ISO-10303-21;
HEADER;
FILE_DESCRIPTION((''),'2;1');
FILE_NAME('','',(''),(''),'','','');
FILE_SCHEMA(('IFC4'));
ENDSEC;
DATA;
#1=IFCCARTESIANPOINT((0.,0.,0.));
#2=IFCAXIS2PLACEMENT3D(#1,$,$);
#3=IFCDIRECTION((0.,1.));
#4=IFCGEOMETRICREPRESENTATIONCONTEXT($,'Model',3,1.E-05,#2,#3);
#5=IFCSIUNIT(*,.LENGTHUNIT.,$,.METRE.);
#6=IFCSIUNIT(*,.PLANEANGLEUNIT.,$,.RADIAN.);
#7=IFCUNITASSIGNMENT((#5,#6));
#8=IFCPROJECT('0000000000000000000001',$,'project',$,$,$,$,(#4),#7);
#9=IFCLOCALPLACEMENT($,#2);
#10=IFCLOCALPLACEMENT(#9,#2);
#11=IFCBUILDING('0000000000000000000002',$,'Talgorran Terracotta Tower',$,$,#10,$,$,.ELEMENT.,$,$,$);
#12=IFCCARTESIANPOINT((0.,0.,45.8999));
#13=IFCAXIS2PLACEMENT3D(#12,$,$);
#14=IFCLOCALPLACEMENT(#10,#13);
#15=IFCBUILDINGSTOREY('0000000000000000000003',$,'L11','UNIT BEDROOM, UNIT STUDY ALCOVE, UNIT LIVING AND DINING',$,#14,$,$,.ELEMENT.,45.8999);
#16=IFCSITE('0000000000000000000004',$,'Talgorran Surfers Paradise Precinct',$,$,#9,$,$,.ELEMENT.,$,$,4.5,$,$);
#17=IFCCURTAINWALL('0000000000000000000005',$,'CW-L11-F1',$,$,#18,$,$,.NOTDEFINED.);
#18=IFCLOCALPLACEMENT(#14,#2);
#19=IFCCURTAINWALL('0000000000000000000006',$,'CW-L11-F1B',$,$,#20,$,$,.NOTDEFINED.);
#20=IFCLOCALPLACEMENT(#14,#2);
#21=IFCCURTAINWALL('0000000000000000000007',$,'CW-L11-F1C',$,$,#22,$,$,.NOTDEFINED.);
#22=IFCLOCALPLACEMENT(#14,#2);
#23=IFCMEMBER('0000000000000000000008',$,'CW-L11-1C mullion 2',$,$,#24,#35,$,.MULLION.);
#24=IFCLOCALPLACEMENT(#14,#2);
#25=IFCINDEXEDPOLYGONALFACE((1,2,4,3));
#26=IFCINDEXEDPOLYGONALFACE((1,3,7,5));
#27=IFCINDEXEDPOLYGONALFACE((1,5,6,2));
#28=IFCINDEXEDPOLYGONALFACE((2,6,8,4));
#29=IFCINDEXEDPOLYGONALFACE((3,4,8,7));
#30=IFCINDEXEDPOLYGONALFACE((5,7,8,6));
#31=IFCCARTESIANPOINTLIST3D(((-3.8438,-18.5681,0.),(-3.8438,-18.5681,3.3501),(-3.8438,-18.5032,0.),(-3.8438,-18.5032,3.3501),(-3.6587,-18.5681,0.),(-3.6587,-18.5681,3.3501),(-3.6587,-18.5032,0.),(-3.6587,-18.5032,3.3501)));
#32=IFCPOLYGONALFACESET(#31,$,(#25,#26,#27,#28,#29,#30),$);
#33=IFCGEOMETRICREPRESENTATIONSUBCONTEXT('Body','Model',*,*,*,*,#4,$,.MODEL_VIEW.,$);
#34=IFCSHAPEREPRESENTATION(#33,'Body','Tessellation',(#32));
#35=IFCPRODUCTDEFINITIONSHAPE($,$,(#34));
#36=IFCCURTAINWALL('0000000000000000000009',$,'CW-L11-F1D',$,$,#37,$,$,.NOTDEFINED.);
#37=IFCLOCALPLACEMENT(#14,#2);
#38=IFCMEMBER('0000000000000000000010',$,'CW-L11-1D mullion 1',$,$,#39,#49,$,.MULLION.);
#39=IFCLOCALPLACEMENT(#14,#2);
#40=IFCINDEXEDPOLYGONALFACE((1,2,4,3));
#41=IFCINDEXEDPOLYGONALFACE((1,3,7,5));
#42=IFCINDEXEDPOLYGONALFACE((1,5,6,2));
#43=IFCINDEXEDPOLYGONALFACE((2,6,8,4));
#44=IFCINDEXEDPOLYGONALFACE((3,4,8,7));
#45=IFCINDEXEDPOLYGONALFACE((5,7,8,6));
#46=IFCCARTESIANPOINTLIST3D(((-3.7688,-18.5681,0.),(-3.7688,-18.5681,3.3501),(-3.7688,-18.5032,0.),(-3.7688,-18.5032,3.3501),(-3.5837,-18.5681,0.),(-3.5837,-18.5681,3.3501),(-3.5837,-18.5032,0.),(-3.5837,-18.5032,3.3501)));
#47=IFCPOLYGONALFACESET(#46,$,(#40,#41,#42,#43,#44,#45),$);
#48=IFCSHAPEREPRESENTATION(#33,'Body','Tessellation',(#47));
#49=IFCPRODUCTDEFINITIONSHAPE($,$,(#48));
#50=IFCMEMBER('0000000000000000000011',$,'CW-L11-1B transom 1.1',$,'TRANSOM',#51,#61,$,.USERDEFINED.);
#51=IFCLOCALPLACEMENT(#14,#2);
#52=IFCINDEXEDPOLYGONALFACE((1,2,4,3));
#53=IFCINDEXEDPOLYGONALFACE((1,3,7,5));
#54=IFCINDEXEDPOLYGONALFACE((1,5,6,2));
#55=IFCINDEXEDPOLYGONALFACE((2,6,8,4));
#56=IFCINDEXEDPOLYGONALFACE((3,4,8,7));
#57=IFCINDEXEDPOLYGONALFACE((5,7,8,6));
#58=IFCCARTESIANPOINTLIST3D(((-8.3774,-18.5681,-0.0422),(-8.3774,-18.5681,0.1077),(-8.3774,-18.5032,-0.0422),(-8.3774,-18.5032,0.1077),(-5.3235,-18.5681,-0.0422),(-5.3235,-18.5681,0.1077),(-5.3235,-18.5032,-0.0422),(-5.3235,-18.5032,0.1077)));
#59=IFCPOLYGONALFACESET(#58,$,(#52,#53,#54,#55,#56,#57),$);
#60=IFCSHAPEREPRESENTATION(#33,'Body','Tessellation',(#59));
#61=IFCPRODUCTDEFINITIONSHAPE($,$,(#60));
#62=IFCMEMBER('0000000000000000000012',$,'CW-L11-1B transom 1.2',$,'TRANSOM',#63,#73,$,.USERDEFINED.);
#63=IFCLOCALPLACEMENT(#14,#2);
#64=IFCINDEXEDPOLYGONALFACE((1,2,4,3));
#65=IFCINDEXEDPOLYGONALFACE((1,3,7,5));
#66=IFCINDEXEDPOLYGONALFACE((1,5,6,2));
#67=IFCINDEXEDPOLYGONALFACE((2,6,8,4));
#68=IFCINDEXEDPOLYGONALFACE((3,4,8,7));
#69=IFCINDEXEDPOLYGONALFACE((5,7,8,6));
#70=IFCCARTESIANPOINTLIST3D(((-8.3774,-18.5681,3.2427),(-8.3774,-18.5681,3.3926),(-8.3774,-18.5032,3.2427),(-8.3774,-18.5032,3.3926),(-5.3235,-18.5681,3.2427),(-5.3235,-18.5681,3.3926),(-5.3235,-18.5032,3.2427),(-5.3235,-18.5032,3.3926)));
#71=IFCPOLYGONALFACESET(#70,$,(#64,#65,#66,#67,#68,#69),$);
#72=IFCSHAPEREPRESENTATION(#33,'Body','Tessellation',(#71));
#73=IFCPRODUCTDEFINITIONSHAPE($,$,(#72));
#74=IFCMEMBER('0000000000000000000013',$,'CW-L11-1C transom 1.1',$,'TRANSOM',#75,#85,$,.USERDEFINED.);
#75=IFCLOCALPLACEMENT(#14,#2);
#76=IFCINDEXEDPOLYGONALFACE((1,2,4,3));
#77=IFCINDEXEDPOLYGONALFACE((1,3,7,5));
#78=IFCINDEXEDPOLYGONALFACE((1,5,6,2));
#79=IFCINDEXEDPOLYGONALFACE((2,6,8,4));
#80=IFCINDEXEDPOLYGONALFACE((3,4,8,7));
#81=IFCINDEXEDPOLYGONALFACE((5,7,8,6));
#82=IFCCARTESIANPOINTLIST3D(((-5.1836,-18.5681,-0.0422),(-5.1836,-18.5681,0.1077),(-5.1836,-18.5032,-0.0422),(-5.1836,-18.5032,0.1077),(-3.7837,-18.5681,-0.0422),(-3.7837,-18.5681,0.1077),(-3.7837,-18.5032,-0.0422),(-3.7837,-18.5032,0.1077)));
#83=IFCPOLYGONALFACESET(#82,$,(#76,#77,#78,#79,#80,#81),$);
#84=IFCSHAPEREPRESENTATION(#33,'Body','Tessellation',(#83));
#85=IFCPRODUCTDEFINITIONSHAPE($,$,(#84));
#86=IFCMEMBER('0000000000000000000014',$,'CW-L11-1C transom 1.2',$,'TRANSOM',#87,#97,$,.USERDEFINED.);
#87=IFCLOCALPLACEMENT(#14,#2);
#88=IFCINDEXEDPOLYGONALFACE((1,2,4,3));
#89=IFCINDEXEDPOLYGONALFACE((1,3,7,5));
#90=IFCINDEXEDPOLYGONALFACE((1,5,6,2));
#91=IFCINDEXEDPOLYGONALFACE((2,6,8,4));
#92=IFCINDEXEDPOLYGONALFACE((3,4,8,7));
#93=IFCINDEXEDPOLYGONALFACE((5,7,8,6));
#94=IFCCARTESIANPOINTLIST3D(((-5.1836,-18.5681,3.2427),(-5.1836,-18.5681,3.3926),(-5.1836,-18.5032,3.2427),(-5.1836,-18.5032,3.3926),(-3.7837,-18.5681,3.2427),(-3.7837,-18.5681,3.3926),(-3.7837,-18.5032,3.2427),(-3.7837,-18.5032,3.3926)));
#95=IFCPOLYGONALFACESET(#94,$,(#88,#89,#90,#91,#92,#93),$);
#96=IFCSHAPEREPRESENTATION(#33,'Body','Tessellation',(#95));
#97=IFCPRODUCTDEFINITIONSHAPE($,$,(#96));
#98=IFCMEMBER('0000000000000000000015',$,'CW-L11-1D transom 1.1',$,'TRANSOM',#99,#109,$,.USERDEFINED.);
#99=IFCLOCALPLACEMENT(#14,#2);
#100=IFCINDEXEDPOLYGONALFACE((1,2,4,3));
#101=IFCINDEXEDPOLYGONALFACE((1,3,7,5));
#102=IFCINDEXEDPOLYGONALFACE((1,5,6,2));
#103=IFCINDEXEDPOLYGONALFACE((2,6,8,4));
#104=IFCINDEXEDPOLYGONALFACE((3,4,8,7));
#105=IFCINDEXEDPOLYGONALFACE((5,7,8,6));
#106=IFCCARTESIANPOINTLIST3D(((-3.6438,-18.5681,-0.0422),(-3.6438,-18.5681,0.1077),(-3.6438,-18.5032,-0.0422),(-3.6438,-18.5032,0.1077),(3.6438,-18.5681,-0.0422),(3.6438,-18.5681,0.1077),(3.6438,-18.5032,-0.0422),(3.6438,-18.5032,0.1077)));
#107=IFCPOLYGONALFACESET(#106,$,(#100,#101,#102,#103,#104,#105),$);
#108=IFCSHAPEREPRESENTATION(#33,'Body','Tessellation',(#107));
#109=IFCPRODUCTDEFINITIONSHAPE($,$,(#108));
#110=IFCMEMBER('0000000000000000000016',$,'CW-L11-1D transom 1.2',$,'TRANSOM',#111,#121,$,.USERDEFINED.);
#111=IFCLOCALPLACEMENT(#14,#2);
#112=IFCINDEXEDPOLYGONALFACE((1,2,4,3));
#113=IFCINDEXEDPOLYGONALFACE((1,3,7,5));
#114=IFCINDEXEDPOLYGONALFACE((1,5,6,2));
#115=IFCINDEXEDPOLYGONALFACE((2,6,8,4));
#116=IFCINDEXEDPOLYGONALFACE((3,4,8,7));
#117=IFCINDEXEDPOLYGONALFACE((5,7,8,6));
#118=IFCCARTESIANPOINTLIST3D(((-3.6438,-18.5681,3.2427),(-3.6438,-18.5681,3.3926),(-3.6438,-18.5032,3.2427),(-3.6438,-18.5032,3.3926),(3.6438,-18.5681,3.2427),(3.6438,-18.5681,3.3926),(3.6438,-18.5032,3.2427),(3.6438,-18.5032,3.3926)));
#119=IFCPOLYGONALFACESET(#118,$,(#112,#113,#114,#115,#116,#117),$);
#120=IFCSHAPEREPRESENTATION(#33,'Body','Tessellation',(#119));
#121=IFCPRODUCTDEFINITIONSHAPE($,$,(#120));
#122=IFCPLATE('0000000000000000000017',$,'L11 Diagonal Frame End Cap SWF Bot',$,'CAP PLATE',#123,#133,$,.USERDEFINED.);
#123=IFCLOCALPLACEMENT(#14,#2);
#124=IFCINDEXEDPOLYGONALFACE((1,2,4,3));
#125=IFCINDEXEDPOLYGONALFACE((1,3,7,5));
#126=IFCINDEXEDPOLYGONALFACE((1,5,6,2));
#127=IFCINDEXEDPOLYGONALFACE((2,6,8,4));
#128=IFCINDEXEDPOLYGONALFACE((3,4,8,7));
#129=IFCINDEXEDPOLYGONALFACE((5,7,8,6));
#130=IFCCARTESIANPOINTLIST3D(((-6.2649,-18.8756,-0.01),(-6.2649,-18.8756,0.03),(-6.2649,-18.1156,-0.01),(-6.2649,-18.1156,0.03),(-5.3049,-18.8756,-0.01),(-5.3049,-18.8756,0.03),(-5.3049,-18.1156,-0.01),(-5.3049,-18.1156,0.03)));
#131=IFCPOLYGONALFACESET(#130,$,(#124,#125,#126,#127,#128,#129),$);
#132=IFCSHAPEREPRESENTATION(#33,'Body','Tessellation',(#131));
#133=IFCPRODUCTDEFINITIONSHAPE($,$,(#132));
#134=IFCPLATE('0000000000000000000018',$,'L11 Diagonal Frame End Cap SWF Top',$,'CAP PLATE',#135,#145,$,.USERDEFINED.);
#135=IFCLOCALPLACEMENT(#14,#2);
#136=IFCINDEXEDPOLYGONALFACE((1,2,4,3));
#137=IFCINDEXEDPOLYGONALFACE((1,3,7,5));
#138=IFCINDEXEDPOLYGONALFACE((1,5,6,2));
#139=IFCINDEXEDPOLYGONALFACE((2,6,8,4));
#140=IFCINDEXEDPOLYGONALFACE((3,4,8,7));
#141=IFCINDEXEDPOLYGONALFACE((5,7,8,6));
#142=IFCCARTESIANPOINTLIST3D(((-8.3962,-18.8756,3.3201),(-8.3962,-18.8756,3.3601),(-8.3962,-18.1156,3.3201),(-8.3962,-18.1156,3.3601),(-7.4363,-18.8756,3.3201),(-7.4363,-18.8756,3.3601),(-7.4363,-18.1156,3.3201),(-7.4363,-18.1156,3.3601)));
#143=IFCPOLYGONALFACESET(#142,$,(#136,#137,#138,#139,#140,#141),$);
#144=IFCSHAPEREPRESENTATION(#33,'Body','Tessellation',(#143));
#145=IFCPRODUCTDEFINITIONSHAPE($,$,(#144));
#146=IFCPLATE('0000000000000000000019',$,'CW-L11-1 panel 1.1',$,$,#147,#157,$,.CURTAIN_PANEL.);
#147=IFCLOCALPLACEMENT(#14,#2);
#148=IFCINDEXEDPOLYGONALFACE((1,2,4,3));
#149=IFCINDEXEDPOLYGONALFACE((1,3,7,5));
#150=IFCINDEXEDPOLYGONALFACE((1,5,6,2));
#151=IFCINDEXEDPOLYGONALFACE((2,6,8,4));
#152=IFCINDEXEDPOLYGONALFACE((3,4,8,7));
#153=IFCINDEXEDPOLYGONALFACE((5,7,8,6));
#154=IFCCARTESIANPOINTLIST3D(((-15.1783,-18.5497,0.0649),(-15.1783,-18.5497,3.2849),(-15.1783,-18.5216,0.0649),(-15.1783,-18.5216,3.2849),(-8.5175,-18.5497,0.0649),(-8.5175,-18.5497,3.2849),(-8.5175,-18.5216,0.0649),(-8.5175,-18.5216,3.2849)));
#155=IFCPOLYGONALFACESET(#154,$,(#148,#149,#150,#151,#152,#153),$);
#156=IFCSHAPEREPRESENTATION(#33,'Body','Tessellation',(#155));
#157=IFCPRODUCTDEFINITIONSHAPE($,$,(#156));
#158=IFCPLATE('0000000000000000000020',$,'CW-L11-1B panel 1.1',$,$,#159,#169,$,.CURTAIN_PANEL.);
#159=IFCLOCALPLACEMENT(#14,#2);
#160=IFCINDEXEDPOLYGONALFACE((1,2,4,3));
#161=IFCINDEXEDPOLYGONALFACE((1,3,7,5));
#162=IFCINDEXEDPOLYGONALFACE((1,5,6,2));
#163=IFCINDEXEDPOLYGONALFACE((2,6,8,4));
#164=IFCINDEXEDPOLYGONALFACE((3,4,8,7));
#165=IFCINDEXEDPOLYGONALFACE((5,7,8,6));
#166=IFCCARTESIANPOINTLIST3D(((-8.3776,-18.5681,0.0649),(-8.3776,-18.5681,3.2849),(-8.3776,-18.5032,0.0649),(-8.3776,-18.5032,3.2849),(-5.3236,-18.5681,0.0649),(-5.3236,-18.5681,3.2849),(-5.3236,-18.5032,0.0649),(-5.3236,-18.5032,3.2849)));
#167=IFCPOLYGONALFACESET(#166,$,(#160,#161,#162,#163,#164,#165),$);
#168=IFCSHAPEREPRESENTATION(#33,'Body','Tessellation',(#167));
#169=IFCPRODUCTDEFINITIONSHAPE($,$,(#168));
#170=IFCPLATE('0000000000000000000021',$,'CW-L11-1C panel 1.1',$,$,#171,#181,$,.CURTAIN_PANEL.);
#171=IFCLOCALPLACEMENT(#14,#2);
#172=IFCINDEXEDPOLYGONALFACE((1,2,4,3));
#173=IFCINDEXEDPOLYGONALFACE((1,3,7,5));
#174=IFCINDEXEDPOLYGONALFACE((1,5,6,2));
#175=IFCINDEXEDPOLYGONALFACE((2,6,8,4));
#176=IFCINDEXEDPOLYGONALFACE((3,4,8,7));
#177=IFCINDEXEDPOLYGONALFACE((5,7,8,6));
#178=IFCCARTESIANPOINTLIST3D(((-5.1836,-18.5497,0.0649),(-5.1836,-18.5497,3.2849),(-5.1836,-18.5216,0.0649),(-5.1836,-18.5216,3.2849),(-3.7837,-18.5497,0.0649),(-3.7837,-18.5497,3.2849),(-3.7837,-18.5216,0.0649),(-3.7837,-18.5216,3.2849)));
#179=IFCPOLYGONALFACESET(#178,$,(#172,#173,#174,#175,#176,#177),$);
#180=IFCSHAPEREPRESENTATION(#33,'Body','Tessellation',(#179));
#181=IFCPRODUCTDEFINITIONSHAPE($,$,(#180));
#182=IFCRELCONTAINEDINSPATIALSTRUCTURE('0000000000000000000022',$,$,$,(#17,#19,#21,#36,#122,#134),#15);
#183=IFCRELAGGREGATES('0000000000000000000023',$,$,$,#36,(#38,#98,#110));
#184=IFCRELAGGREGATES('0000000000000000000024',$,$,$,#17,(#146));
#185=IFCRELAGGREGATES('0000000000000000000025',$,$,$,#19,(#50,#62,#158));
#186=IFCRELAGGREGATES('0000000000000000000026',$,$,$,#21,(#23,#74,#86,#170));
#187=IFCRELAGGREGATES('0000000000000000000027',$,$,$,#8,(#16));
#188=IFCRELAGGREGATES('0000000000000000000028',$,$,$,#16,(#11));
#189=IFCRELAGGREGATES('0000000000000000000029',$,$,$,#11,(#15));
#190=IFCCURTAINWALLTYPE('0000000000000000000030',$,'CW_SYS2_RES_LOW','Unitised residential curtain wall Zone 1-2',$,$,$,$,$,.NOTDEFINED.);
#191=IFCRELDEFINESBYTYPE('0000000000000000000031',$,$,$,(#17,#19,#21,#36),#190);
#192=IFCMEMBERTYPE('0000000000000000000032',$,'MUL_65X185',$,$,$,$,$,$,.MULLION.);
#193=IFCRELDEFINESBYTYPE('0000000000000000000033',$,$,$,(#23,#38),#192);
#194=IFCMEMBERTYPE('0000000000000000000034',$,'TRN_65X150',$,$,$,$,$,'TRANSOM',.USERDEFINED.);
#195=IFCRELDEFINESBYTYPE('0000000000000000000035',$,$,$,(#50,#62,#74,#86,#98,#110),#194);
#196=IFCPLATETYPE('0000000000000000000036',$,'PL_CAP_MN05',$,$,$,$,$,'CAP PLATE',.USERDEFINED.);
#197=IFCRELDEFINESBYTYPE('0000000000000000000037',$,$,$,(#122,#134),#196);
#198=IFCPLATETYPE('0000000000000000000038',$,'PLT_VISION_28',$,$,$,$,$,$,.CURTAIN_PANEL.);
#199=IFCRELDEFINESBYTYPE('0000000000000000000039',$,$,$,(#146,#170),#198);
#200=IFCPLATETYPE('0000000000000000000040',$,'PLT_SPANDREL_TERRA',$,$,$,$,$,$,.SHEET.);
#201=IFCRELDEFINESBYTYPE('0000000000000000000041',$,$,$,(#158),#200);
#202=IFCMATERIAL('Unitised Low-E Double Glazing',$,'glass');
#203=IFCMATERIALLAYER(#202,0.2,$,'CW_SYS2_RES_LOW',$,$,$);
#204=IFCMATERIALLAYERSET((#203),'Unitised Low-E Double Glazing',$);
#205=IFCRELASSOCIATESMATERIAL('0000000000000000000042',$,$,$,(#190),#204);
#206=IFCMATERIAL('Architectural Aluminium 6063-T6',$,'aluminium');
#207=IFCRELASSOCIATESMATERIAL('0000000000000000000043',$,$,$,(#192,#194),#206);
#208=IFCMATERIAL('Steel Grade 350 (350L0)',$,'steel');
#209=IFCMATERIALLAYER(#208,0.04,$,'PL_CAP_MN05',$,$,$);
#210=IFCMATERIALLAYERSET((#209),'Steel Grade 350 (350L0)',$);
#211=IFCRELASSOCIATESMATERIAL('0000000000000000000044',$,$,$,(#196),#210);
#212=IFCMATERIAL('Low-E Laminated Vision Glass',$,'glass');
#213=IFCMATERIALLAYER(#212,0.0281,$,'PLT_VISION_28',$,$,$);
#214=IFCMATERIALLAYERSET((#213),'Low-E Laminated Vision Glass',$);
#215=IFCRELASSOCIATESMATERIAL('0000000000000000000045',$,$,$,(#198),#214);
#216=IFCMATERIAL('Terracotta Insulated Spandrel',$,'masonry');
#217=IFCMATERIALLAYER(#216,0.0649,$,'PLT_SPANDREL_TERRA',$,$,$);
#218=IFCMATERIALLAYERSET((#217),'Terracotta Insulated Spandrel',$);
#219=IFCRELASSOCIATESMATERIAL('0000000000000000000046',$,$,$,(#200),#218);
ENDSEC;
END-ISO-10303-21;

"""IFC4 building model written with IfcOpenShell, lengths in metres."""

from ifc_helpers import new_model, si_unit, direction, frame, origin, origin_2d, place, context, subcontext, project, spatial, rectangle, extrude, source, transform, mapped, material, layer, layer_set, material_profile, profile_set, type_object, type_shapes, element, aggregate, save


model = new_model("IFC4")

# Units and contexts
model_context = context("Model", 3, precision=1e-05, world=origin(), true_north=direction((0.0, 1.0)))
body_context = subcontext(model_context, "Body", "Model", "MODEL_VIEW")
ifc_project = project(units=[si_unit("LENGTHUNIT", "METRE"), si_unit("PLANEANGLEUNIT", "RADIAN")], contexts=[model_context])

# Site, building, storey
site_placement = place(None, origin())
site = spatial("IfcSite", under=ifc_project, at=site_placement, Name="Talgorran Surfers Paradise Precinct", CompositionType="ELEMENT", RefElevation=4.5)
building_placement = place(site_placement, origin())
building = spatial("IfcBuilding", under=site, at=building_placement, Name="Talgorran Terracotta Tower", CompositionType="ELEMENT")
storey_placement = place(building_placement, frame((0.0, 0.0, 45.8999)))
storey = spatial("IfcBuildingStorey", under=building, at=storey_placement, Name="L11", Description="UNIT BEDROOM, UNIT STUDY ALCOVE, UNIT LIVING AND DINING", CompositionType="ELEMENT", Elevation=45.8999)

# Shared definitions
ifc_material_1 = material(Name="Steel Grade 350 (350L0)", Category="steel")

# Curtain wall
ifc_material_2 = material(Name="Unitised Low-E Double Glazing", Category="glass")
ifc_layer_1 = layer(ifc_material_2, 0.2, Name="CW_SYS2_RES_LOW")
ifc_layer_set_1 = layer_set([ifc_layer_1], Name="Unitised Low-E Double Glazing")
curtain_wall_type = type_object("IfcCurtainWallType", Name="CW_SYS2_RES_LOW", Description="Unitised residential curtain wall Zone 1-2", PredefinedType="NOTDEFINED", material=ifc_layer_set_1)
curtain_wall_1_placement = place(storey_placement, origin())
curtain_wall_1 = element("IfcCurtainWall", 1, at=curtain_wall_1_placement, inside=storey, type_object=curtain_wall_type, Name="CW-L11-F1", PredefinedType="NOTDEFINED")
ifc_material_3 = material(Name="Architectural Aluminium 6063-T6", Category="aluminium")
ifc_material_profile_1 = material_profile(ifc_material_3, rectangle(XDim=0.0649, YDim=0.1851, at=origin_2d()), Name="CWM65X185")
ifc_profile_set_1 = profile_set([ifc_material_profile_1], Name="Architectural Aluminium 6063-T6")
member_type_1 = type_object("IfcMemberType", Name="MUL_65X185", PredefinedType="MULLION", material=ifc_profile_set_1)

# Curtain walls, member
curtain_wall_2_placement = place(storey_placement, origin())
curtain_wall_2 = element("IfcCurtainWall", 2, at=curtain_wall_2_placement, inside=storey, type_object=curtain_wall_type, Name="CW-L11-F1B", PredefinedType="NOTDEFINED")
curtain_wall_3_placement = place(storey_placement, origin())
curtain_wall_3 = element("IfcCurtainWall", 3, at=curtain_wall_3_placement, inside=storey, type_object=curtain_wall_type, Name="CW-L11-F1C", PredefinedType="NOTDEFINED")
member_1_placement = place(storey_placement, frame((-3.7512, -18.5356, 0.0), z_axis=(0.0, 0.0, 1.0), x_axis=(0.0, 1.0, 0.0)))
member_1 = element("IfcMember", 4, at=member_1_placement, type_object=member_type_1, Name="CW-L11-1C mullion 2", PredefinedType="MULLION", context=body_context, shape_type="SweptSolid", body=[
    extrude(rectangle(XDim=0.0649, YDim=0.1851, at=origin_2d()), origin(), (0.0, 0.0, 1.0), 3.3501),
])

# Curtain wall, member
curtain_wall_4_placement = place(storey_placement, origin())
curtain_wall_4 = element("IfcCurtainWall", 5, at=curtain_wall_4_placement, inside=storey, type_object=curtain_wall_type, Name="CW-L11-F1D", PredefinedType="NOTDEFINED")
member_2_placement = place(storey_placement, frame((-3.6763, -18.5356, 0.0), z_axis=(0.0, 0.0, 1.0), x_axis=(0.0, 1.0, 0.0)))
member_2 = element("IfcMember", 6, at=member_2_placement, type_object=member_type_1, Name="CW-L11-1D mullion 1", PredefinedType="MULLION", context=body_context, shape_type="SweptSolid", body=[
    extrude(rectangle(XDim=0.0649, YDim=0.1851, at=origin_2d()), origin(), (0.0, 0.0, 1.0), 3.3501),
])

# Members
ifc_material_profile_2 = material_profile(ifc_material_3, rectangle(XDim=0.0649, YDim=0.1499, at=origin_2d()), Name="CWT65X150")
ifc_profile_set_2 = profile_set([ifc_material_profile_2], Name="Architectural Aluminium 6063-T6")
member_type_2 = type_object("IfcMemberType", Name="TRN_65X150", ElementType="TRANSOM", PredefinedType="USERDEFINED", material=ifc_profile_set_2)
member_3_placement = place(storey_placement, frame((-8.3774, -18.5356, 0.0327), z_axis=(1.0, 0.0, 0.0), x_axis=(0.0, 1.0, 0.0)))
member_3 = element("IfcMember", 7, at=member_3_placement, type_object=member_type_2, Name="CW-L11-1B transom 1.1", ObjectType="TRANSOM", PredefinedType="USERDEFINED", context=body_context, shape_type="SweptSolid", body=[
    extrude(rectangle(XDim=0.0649, YDim=0.1499, at=origin_2d()), origin(), (0.0, 0.0, 1.0), 3.054),
])
member_4_placement = place(storey_placement, frame((-8.3774, -18.5356, 3.3176), z_axis=(1.0, 0.0, 0.0), x_axis=(0.0, 1.0, 0.0)))
member_4 = element("IfcMember", 8, at=member_4_placement, type_object=member_type_2, Name="CW-L11-1B transom 1.2", ObjectType="TRANSOM", PredefinedType="USERDEFINED", context=body_context, shape_type="SweptSolid", body=[
    extrude(rectangle(XDim=0.0649, YDim=0.1499, at=origin_2d()), origin(), (0.0, 0.0, 1.0), 3.054),
])
member_5_placement = place(storey_placement, frame((-5.1836, -18.5356, 0.0327), z_axis=(1.0, 0.0, 0.0), x_axis=(0.0, 1.0, 0.0)))
member_5 = element("IfcMember", 9, at=member_5_placement, type_object=member_type_2, Name="CW-L11-1C transom 1.1", ObjectType="TRANSOM", PredefinedType="USERDEFINED", context=body_context, shape_type="SweptSolid", body=[
    extrude(rectangle(XDim=0.0649, YDim=0.1499, at=origin_2d()), origin(), (0.0, 0.0, 1.0), 1.3999),
])
member_6_placement = place(storey_placement, frame((-5.1836, -18.5356, 3.3176), z_axis=(1.0, 0.0, 0.0), x_axis=(0.0, 1.0, 0.0)))
member_6 = element("IfcMember", 10, at=member_6_placement, type_object=member_type_2, Name="CW-L11-1C transom 1.2", ObjectType="TRANSOM", PredefinedType="USERDEFINED", context=body_context, shape_type="SweptSolid", body=[
    extrude(rectangle(XDim=0.0649, YDim=0.1499, at=origin_2d()), origin(), (0.0, 0.0, 1.0), 1.3999),
])
member_7_placement = place(storey_placement, frame((-3.6438, -18.5356, 0.0327), z_axis=(1.0, 0.0, 0.0), x_axis=(0.0, 1.0, 0.0)))
member_7 = element("IfcMember", 11, at=member_7_placement, type_object=member_type_2, Name="CW-L11-1D transom 1.1", ObjectType="TRANSOM", PredefinedType="USERDEFINED", context=body_context, shape_type="SweptSolid", body=[
    extrude(rectangle(XDim=0.0649, YDim=0.1499, at=origin_2d()), origin(), (0.0, 0.0, 1.0), 7.2876),
])
member_8_placement = place(storey_placement, frame((-3.6438, -18.5356, 3.3176), z_axis=(1.0, 0.0, 0.0), x_axis=(0.0, 1.0, 0.0)))
member_8 = element("IfcMember", 12, at=member_8_placement, type_object=member_type_2, Name="CW-L11-1D transom 1.2", ObjectType="TRANSOM", PredefinedType="USERDEFINED", context=body_context, shape_type="SweptSolid", body=[
    extrude(rectangle(XDim=0.0649, YDim=0.1499, at=origin_2d()), origin(), (0.0, 0.0, 1.0), 7.2876),
])
aggregate(curtain_wall_4, [member_2, member_7, member_8])

# Plates
ifc_layer_2 = layer(ifc_material_1, 0.04, Name="PL_CAP_MN05")
ifc_layer_set_2 = layer_set([ifc_layer_2], Name="Steel Grade 350 (350L0)")
plate_type_1 = type_object("IfcPlateType", Name="PL_CAP_MN05", ElementType="CAP PLATE", PredefinedType="USERDEFINED", material=ifc_layer_set_2)
for number, where, z_axis, x_axis, name in (
    (13, (-5.7849, -18.4956, -0.01), (0.0, 0.0, 1.0), (-1.0, 0.0, 0.0), "L11 Diagonal Frame End Cap SWF Bot"),
    (14, (-7.9163, -18.4956, 3.3201), (0.0, 0.0, 1.0), (-1.0, 0.0, 0.0), "L11 Diagonal Frame End Cap SWF Top"),
):
    element("IfcPlate", number, at=place(storey_placement, frame(where, z_axis=z_axis, x_axis=x_axis)), inside=storey, type_object=plate_type_1, Name=name, ObjectType="CAP PLATE", PredefinedType="USERDEFINED", context=body_context, shape_type="SweptSolid", body=[
        extrude(rectangle(XDim=0.96, YDim=0.76, at=origin_2d()), origin(), (0.0, 0.0, 1.0), 0.04),
    ])

# Plates
ifc_material_4 = material(Name="Low-E Laminated Vision Glass", Category="glass")
ifc_layer_3 = layer(ifc_material_4, 0.0281, Name="PLT_VISION_28")
ifc_layer_set_3 = layer_set([ifc_layer_3], Name="Low-E Laminated Vision Glass")
plate_type_2 = type_object("IfcPlateType", Name="PLT_VISION_28", PredefinedType="CURTAIN_PANEL", material=ifc_layer_set_3)
shared_shape_1 = source(origin(), body_context, "Body", "SweptSolid", [
    extrude(rectangle(XDim=6.6609, YDim=0.0281, at=origin_2d()), origin(), (0.0, 0.0, 1.0), 3.22),
])
plate_1_placement = place(storey_placement, frame((-11.8479, -18.5356, 0.0649), z_axis=(0.0, 0.0, 1.0), x_axis=(1.0, 0.0, 0.0)))
plate_1 = element("IfcPlate", 15, at=plate_1_placement, type_object=plate_type_2, Name="CW-L11-1 panel 1.1", PredefinedType="CURTAIN_PANEL", context=body_context, shape_type="MappedRepresentation", body=[
    mapped(shared_shape_1, transform((0.0, 0.0, 0.0), scale=1.0)),
])
aggregate(curtain_wall_1, [plate_1])
ifc_material_5 = material(Name="Terracotta Insulated Spandrel", Category="masonry")
ifc_layer_4 = layer(ifc_material_5, 0.0649, Name="PLT_SPANDREL_TERRA")
ifc_layer_set_4 = layer_set([ifc_layer_4], Name="Terracotta Insulated Spandrel")
plate_type_3 = type_object("IfcPlateType", Name="PLT_SPANDREL_TERRA", PredefinedType="SHEET", material=ifc_layer_set_4)
shared_shape_2 = source(origin(), body_context, "Body", "SweptSolid", [
    extrude(rectangle(XDim=3.054, YDim=0.0649, at=origin_2d()), origin(), (0.0, 0.0, 1.0), 3.22),
])
type_shapes(plate_type_3, [shared_shape_2])
plate_2_placement = place(storey_placement, frame((-6.8506, -18.5356, 0.0649), z_axis=(0.0, 0.0, 1.0), x_axis=(1.0, 0.0, 0.0)))
plate_2 = element("IfcPlate", 16, at=plate_2_placement, type_object=plate_type_3, Name="CW-L11-1B panel 1.1", PredefinedType="CURTAIN_PANEL", context=body_context, shape_type="MappedRepresentation", body=[
    mapped(shared_shape_2, transform((0.0, 0.0, 0.0), scale=1.0)),
])
aggregate(curtain_wall_2, [member_3, member_4, plate_2])
shared_shape_3 = source(origin(), body_context, "Body", "SweptSolid", [
    extrude(rectangle(XDim=1.3999, YDim=0.0281, at=origin_2d()), origin(), (0.0, 0.0, 1.0), 3.22),
])
type_shapes(plate_type_2, [shared_shape_1, shared_shape_3])
plate_3_placement = place(storey_placement, frame((-4.4836, -18.5356, 0.0649), z_axis=(0.0, 0.0, 1.0), x_axis=(1.0, 0.0, 0.0)))
plate_3 = element("IfcPlate", 17, at=plate_3_placement, type_object=plate_type_2, Name="CW-L11-1C panel 1.1", PredefinedType="CURTAIN_PANEL", context=body_context, shape_type="MappedRepresentation", body=[
    mapped(shared_shape_3, transform((0.0, 0.0, 0.0), scale=1.0)),
])
aggregate(curtain_wall_3, [member_1, member_5, member_6, plate_3])

save(model, "model.ifc")
